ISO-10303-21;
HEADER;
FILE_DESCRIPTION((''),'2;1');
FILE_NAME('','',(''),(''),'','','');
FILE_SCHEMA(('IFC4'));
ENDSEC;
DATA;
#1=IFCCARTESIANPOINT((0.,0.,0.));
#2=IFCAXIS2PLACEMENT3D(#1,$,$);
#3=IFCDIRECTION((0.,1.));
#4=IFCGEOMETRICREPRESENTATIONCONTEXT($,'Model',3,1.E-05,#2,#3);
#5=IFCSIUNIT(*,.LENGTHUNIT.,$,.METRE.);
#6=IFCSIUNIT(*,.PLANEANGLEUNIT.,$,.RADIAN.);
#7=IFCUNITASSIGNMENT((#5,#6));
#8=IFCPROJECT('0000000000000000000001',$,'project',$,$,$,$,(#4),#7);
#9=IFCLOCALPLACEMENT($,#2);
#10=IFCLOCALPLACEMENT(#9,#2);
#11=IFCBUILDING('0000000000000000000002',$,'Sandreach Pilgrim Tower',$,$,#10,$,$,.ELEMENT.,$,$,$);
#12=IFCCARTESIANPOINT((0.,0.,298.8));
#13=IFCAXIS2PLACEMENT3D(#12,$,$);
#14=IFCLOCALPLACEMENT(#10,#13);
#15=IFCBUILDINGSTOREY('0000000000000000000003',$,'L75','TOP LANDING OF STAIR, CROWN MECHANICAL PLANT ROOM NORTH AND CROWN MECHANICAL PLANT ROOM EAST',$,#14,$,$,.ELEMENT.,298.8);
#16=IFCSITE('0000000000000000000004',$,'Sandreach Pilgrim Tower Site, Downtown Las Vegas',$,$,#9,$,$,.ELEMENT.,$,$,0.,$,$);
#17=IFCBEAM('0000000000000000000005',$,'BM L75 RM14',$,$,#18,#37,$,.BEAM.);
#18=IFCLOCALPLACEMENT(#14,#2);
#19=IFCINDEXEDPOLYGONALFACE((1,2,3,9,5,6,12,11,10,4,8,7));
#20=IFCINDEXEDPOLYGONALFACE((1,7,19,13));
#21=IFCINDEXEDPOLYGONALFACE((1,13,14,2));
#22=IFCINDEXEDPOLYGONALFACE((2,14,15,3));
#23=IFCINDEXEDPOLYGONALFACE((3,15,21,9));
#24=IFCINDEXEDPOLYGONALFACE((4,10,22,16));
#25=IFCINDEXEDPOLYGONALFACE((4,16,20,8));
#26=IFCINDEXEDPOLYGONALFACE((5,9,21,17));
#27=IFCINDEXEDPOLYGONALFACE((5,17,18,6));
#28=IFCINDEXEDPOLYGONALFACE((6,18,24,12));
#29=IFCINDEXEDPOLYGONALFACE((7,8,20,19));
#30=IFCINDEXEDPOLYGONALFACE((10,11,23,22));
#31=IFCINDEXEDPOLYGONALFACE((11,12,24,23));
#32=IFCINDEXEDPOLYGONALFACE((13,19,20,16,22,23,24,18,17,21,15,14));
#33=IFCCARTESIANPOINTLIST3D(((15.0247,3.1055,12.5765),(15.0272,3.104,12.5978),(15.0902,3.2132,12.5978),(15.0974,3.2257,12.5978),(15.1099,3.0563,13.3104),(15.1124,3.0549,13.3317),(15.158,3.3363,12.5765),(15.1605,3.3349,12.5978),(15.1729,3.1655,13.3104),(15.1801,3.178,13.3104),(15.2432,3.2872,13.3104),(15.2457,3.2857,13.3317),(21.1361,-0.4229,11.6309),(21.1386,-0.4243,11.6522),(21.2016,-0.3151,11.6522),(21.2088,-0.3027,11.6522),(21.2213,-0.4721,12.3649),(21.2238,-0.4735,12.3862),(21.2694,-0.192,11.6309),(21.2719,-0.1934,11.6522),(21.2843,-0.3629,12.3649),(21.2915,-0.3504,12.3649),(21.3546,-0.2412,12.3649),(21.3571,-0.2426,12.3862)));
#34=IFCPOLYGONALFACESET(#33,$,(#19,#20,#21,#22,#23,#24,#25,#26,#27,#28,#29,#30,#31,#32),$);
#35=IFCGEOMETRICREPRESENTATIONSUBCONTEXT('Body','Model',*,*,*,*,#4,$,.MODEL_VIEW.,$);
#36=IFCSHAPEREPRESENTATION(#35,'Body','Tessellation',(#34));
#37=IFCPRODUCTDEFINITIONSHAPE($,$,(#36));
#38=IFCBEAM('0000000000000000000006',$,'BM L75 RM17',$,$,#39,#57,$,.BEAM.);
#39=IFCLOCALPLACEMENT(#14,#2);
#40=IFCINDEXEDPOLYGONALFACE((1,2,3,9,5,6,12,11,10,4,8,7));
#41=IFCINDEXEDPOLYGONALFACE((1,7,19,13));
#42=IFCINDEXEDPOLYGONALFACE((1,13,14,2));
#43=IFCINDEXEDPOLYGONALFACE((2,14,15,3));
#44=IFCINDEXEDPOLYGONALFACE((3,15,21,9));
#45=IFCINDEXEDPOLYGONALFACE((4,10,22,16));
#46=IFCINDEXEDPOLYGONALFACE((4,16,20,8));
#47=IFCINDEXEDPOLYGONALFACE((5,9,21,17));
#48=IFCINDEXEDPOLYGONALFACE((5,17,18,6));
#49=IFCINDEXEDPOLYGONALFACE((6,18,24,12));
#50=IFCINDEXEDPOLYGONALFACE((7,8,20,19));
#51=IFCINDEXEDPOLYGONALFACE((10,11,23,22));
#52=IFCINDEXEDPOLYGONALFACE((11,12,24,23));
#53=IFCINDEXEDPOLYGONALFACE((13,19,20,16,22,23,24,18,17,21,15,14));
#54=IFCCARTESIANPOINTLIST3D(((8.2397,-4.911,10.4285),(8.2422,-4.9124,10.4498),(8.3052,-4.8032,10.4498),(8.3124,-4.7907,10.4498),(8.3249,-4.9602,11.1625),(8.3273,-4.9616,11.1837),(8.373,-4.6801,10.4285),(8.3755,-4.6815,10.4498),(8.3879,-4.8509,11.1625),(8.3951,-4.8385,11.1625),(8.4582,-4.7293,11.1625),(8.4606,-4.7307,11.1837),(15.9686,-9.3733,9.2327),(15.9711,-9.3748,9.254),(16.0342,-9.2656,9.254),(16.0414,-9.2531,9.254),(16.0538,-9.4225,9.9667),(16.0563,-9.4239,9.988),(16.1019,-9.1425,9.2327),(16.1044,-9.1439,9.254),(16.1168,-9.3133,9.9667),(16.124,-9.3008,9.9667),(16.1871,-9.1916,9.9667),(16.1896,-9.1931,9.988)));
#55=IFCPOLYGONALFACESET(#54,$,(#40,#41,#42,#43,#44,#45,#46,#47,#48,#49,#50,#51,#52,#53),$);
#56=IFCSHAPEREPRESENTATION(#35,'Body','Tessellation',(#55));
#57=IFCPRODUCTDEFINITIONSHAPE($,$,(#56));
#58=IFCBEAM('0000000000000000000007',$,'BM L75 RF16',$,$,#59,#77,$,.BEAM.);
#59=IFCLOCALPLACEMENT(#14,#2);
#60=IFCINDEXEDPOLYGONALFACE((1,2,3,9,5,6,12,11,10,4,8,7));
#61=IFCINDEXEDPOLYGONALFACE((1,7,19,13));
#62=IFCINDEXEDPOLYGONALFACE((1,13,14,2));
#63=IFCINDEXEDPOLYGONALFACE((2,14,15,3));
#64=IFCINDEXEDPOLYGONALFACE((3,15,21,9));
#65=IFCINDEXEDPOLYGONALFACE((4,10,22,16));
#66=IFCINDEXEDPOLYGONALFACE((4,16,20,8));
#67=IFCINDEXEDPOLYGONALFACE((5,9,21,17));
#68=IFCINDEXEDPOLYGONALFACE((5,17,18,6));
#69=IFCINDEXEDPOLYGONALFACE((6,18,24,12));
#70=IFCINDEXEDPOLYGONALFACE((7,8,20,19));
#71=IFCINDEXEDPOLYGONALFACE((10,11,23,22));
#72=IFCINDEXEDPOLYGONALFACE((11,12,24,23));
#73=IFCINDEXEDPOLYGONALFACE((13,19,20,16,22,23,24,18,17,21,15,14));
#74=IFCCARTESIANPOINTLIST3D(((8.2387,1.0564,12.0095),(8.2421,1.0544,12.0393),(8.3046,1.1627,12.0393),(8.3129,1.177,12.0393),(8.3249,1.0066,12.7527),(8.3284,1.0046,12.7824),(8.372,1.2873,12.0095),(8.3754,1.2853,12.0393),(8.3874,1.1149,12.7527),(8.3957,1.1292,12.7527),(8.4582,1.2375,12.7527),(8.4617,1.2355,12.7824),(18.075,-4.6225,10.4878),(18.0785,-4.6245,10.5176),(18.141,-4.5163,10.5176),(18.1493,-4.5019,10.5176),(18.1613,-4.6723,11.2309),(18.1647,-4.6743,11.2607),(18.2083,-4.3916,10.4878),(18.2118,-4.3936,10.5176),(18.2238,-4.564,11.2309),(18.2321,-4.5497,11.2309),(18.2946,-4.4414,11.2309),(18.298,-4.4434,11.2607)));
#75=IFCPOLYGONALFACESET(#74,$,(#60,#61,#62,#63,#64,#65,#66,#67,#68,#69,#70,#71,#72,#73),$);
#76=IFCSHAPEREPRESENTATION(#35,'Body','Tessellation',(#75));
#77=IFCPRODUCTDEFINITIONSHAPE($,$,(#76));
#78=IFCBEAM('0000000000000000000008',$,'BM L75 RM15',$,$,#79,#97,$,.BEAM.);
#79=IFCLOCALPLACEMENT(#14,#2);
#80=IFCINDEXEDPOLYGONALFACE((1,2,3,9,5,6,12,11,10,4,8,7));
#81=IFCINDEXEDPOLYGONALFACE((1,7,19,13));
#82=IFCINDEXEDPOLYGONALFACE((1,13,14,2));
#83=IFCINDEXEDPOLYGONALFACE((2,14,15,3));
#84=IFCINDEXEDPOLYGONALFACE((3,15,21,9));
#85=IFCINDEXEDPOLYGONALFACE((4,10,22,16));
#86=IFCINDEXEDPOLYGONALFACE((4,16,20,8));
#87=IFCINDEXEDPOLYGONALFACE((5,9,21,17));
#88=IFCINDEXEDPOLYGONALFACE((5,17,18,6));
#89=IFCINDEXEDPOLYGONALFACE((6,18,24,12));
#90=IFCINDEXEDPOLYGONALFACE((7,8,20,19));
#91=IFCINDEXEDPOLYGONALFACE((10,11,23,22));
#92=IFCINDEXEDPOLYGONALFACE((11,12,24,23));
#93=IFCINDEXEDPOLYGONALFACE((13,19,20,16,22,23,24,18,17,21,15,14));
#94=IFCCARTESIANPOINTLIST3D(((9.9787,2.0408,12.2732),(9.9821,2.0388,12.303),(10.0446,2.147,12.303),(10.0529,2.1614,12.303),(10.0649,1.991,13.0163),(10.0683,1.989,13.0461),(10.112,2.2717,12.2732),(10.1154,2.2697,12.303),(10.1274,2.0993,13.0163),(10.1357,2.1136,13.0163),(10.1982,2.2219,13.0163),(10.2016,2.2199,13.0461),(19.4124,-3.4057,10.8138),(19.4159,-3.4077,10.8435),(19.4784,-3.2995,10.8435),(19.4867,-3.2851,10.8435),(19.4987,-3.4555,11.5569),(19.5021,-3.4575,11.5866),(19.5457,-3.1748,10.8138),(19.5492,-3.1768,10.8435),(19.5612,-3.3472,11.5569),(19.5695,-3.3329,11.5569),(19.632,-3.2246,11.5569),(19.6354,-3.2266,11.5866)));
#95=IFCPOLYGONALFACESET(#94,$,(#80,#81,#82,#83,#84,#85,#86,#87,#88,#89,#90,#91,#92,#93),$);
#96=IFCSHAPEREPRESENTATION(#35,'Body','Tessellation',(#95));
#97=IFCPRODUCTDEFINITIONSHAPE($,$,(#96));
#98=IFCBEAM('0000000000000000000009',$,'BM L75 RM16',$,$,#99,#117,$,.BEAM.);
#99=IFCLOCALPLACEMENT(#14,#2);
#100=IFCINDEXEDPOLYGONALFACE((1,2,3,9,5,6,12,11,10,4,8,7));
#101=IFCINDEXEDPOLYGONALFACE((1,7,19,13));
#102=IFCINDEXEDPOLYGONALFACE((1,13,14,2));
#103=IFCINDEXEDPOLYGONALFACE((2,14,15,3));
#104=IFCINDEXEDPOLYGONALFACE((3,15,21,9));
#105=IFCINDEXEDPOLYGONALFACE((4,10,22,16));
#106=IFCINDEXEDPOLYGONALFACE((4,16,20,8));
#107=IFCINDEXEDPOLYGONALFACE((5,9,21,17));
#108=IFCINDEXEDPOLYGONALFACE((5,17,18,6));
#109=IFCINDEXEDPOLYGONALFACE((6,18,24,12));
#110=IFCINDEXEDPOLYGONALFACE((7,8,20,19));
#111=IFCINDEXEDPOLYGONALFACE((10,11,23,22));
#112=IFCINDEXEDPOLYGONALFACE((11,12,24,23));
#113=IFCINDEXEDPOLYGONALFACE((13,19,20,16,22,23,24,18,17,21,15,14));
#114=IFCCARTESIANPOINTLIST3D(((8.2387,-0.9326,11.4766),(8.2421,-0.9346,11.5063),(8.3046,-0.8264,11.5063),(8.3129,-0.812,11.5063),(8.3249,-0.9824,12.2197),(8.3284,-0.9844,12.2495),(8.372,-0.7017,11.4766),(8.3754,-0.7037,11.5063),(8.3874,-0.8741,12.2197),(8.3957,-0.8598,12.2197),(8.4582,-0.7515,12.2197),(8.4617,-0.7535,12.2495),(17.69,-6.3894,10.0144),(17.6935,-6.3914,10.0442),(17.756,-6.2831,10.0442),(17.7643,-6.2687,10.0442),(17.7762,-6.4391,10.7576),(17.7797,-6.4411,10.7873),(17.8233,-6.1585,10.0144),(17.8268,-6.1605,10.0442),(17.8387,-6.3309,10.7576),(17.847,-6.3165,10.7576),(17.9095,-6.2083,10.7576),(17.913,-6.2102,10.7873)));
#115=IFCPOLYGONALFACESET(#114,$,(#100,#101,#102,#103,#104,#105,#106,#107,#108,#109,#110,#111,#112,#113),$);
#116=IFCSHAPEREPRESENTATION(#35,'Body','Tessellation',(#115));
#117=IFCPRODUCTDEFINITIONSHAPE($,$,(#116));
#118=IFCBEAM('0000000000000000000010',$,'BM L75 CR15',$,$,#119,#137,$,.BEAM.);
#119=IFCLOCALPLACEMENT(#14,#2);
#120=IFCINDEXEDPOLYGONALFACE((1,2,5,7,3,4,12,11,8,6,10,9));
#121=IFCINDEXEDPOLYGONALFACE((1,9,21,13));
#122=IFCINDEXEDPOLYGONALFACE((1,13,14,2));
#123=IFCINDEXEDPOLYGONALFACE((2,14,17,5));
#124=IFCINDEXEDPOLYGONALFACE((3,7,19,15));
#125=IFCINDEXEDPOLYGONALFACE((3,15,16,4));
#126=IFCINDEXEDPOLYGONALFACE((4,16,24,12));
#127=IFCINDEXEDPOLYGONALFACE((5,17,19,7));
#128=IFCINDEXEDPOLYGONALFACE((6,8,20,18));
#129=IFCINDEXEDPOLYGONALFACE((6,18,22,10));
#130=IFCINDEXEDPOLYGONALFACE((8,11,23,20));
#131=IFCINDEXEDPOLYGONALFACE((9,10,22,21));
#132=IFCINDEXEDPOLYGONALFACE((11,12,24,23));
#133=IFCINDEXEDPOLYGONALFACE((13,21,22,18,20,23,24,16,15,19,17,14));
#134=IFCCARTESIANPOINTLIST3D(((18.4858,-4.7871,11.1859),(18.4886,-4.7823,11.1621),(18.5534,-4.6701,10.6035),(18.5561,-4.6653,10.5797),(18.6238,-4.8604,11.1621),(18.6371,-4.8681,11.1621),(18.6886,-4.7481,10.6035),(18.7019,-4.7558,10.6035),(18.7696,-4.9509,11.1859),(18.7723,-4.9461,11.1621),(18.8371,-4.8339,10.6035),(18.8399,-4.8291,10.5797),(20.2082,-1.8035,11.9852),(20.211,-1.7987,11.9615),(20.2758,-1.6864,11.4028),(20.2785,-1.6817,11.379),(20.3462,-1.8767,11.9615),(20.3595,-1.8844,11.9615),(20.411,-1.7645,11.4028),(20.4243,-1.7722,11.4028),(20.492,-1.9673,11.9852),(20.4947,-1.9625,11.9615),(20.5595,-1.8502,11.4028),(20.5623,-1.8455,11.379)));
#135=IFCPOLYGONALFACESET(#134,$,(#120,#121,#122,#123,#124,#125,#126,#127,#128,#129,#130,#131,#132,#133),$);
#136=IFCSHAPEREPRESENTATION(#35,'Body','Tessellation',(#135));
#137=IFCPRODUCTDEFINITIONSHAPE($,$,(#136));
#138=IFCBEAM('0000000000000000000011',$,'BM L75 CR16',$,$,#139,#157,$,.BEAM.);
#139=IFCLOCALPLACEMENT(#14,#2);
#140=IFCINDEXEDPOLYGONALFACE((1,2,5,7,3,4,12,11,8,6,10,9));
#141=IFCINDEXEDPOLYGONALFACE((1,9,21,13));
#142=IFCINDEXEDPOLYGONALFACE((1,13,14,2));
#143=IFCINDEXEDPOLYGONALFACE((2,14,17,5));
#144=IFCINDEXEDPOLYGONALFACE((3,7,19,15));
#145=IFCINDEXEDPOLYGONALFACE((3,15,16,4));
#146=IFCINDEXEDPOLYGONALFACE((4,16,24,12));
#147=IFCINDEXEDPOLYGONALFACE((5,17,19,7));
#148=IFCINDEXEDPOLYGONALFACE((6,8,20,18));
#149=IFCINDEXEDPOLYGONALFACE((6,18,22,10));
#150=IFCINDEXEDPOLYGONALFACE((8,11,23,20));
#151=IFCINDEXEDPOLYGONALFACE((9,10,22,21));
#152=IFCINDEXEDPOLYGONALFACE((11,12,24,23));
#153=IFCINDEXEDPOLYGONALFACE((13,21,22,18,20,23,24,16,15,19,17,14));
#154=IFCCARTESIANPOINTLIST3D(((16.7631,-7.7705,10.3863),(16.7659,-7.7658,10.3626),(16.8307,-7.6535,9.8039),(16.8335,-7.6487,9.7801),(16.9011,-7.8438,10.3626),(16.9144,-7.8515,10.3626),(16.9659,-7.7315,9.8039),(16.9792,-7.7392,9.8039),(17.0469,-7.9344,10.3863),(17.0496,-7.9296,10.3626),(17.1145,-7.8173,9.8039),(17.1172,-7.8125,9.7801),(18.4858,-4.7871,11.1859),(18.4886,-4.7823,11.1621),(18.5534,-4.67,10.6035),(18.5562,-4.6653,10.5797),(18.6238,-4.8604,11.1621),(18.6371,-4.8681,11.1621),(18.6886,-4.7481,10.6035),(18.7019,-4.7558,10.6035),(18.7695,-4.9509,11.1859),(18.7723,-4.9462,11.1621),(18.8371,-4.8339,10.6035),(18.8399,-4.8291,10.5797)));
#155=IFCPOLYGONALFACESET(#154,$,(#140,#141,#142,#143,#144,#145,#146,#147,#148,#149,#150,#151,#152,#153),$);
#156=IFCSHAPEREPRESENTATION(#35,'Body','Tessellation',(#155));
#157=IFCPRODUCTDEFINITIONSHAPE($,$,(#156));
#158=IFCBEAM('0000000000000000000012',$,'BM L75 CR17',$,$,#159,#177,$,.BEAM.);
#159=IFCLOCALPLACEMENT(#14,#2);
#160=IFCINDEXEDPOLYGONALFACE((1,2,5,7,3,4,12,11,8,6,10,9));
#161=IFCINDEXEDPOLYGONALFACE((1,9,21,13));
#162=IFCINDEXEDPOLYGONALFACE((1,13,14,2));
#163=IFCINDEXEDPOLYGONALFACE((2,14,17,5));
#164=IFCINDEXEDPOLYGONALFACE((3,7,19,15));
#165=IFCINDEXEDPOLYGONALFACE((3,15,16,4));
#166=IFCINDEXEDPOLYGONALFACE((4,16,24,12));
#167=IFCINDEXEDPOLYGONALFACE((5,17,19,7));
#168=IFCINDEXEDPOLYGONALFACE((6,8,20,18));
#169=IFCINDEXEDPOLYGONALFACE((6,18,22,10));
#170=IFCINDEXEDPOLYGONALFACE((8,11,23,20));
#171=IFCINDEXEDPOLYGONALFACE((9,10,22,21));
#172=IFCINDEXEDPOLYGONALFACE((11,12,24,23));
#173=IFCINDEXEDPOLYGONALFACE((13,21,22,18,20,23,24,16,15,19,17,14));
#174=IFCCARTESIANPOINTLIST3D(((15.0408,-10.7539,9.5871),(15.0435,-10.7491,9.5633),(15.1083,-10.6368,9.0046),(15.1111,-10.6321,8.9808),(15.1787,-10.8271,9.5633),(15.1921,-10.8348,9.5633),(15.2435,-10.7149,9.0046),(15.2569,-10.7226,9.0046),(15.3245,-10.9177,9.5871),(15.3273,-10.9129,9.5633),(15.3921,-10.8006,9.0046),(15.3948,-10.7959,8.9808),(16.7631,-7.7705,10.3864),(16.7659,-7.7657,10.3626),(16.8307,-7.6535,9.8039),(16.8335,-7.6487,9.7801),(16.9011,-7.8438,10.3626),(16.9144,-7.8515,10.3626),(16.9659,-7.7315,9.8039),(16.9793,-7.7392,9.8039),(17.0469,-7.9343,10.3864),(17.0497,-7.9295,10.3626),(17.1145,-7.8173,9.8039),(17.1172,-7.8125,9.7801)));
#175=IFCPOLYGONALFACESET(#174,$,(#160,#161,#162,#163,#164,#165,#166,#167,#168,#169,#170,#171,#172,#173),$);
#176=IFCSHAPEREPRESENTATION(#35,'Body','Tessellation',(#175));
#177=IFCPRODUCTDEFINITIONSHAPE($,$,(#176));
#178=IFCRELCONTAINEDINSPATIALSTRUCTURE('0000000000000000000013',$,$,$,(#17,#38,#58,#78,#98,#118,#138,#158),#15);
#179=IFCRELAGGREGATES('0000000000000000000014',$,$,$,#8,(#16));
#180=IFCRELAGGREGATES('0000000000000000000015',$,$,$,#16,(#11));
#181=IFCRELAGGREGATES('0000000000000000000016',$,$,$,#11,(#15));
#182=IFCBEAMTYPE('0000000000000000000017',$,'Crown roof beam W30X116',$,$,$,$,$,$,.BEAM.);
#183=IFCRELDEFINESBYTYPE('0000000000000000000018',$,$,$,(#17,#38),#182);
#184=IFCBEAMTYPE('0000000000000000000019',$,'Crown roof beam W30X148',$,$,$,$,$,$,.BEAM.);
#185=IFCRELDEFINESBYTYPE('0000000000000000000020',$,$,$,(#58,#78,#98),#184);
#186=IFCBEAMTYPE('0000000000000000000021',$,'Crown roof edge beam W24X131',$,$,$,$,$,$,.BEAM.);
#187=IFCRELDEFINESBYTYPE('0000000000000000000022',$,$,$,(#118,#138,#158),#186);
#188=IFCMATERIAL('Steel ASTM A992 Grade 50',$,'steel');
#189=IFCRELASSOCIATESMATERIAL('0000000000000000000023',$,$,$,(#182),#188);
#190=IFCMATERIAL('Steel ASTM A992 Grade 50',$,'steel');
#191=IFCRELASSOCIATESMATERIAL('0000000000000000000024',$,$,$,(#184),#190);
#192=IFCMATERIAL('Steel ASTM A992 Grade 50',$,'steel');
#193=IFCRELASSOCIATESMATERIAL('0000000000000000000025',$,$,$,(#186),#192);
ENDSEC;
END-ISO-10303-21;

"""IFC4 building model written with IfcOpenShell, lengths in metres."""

from ifc_helpers import new_model, si_unit, direction, frame, origin, origin_2d, place, context, subcontext, project, spatial, i_section, extrude, material, material_profile, profile_set, type_object, element, save


model = new_model("IFC4")

# Units and contexts
model_context = context("Model", 3, precision=1e-05, world=origin(), true_north=direction((0.0, 1.0)))
body_context = subcontext(model_context, "Body", "Model", "MODEL_VIEW")
ifc_project = project(units=[si_unit("LENGTHUNIT", "METRE"), si_unit("PLANEANGLEUNIT", "RADIAN")], contexts=[model_context])

# Site, building, storey
site_placement = place(None, origin())
site = spatial("IfcSite", under=ifc_project, at=site_placement, Name="Sandreach Pilgrim Tower Site, Downtown Las Vegas", CompositionType="ELEMENT", RefElevation=0.0)
building_placement = place(site_placement, origin())
building = spatial("IfcBuilding", under=site, at=building_placement, Name="Sandreach Pilgrim Tower", CompositionType="ELEMENT")
storey_placement = place(building_placement, frame((0.0, 0.0, 298.8)))
storey = spatial("IfcBuildingStorey", under=building, at=storey_placement, Name="L75", Description="TOP LANDING OF STAIR, CROWN MECHANICAL PLANT ROOM NORTH AND CROWN MECHANICAL PLANT ROOM EAST", CompositionType="ELEMENT", Elevation=298.8)

# Beams
ifc_material_1 = material(Name="Steel ASTM A992 Grade 50", Category="steel")
ifc_material_profile_1 = material_profile(ifc_material_1, i_section(OverallWidth=0.2666, OverallDepth=0.762, WebThickness=0.0144, FlangeThickness=0.0215, at=origin_2d()), Name="W30X116")
ifc_profile_set_1 = profile_set([ifc_material_profile_1], Name="Steel ASTM A992 Grade 50")
beam_type_1 = type_object("IfcBeamType", Name="Crown roof beam W30X116", PredefinedType="BEAM", material=ifc_profile_set_1)
beam_1_placement = place(storey_placement, frame((21.2466, -0.3328, 12.0085), z_axis=(-0.858358, 0.495565, 0.132807), x_axis=(-0.499994, -0.866029, 0.0)))
element("IfcBeam", 1, at=beam_1_placement, inside=storey, type_object=beam_type_1, Name="BM L75 RM14", PredefinedType="BEAM", context=body_context, shape_type="SweptSolid", body=[
    extrude(i_section(OverallWidth=0.2666, OverallDepth=0.762, WebThickness=0.0144, FlangeThickness=0.0215, at=origin_2d()), origin(), (0.0, 0.0, 1.0), 7.1199),
])
beam_2_placement = place(storey_placement, frame((16.0791, -9.2832, 9.6104), z_axis=(-0.858352, 0.495576, 0.132801), x_axis=(-0.500005, -0.866022, 0.0)))
element("IfcBeam", 2, at=beam_2_placement, inside=storey, type_object=beam_type_1, Name="BM L75 RM17", PredefinedType="BEAM", context=body_context, shape_type="SweptSolid", body=[
    extrude(i_section(OverallWidth=0.2666, OverallDepth=0.762, WebThickness=0.0144, FlangeThickness=0.0215, at=origin_2d()), origin(), (0.0, 0.0, 1.0), 9.0044),
])
ifc_material_2 = material(Name="Steel ASTM A992 Grade 50", Category="steel")
ifc_material_profile_2 = material_profile(ifc_material_2, i_section(OverallWidth=0.2666, OverallDepth=0.7798, WebThickness=0.0166, FlangeThickness=0.03, at=origin_2d()), Name="W30X148")
ifc_profile_set_2 = profile_set([ifc_material_profile_2], Name="Steel ASTM A992 Grade 50")
beam_type_2 = type_object("IfcBeamType", Name="Crown roof beam W30X148", PredefinedType="BEAM", material=ifc_profile_set_2)
beam_3_placement = place(storey_placement, frame((18.1865, -4.533, 10.8743), z_axis=(-0.85836, 0.495565, 0.132791), x_axis=(-0.499993, -0.86603, 0.0)))
element("IfcBeam", 3, at=beam_3_placement, inside=storey, type_object=beam_type_2, Name="BM L75 RF16", PredefinedType="BEAM", context=body_context, shape_type="SweptSolid", body=[
    extrude(i_section(OverallWidth=0.2666, OverallDepth=0.7798, WebThickness=0.0166, FlangeThickness=0.03, at=origin_2d()), origin(), (0.0, 0.0, 1.0), 11.4595),
])
beam_4_placement = place(storey_placement, frame((19.5239, -3.3162, 11.2002), z_axis=(-0.858359, 0.495565, 0.132793), x_axis=(-0.499993, -0.866029, 0.0)))
element("IfcBeam", 4, at=beam_4_placement, inside=storey, type_object=beam_type_2, Name="BM L75 RM15", PredefinedType="BEAM", context=body_context, shape_type="SweptSolid", body=[
    extrude(i_section(OverallWidth=0.2666, OverallDepth=0.7798, WebThickness=0.0166, FlangeThickness=0.03, at=origin_2d()), origin(), (0.0, 0.0, 1.0), 10.9905),
])
beam_5_placement = place(storey_placement, frame((17.8015, -6.2998, 10.4009), z_axis=(-0.858356, 0.495573, 0.13279), x_axis=(-0.500001, -0.866025, 0.0)))
element("IfcBeam", 5, at=beam_5_placement, inside=storey, type_object=beam_type_2, Name="BM L75 RM16", PredefinedType="BEAM", context=body_context, shape_type="SweptSolid", body=[
    extrude(i_section(OverallWidth=0.2666, OverallDepth=0.7798, WebThickness=0.0166, FlangeThickness=0.03, at=origin_2d()), origin(), (0.0, 0.0, 1.0), 11.011),
])
ifc_material_3 = material(Name="Steel ASTM A992 Grade 50", Category="steel")
ifc_material_profile_3 = material_profile(ifc_material_3, i_section(OverallWidth=0.3276, OverallDepth=0.6223, WebThickness=0.0154, FlangeThickness=0.0244, at=origin_2d()), Name="W24X131")
ifc_profile_set_3 = profile_set([ifc_material_profile_3], Name="Steel ASTM A992 Grade 50")
beam_type_3 = type_object("IfcBeamType", Name="Crown roof edge beam W24X131", PredefinedType="BEAM", material=ifc_profile_set_3)
for number, where, z_axis, x_axis, name in (
    (6, (20.3853, -1.8245, 11.6821), (-0.487021, -0.843641, -0.226011), (0.86605, -0.499958, 0.0), "BM L75 CR15"),
    (7, (18.6628, -4.8081, 10.8828), (-0.487095, -0.843579, -0.226082), (0.866001, -0.500041, 0.0), "BM L75 CR16"),
):
    element("IfcBeam", number, at=place(storey_placement, frame(where, z_axis=z_axis, x_axis=x_axis)), inside=storey, type_object=beam_type_3, Name=name, PredefinedType="BEAM", context=body_context, shape_type="SweptSolid", body=[
        extrude(i_section(OverallWidth=0.3276, OverallDepth=0.6223, WebThickness=0.0154, FlangeThickness=0.0244, at=origin_2d()), origin(), (0.0, 0.0, 1.0), 3.5366),
    ])
beam_6_placement = place(storey_placement, frame((16.9402, -7.7915, 10.0833), z_axis=(-0.487049, -0.843621, -0.226024), x_axis=(0.866032, -0.499988, 0.0)))
element("IfcBeam", 8, at=beam_6_placement, inside=storey, type_object=beam_type_3, Name="BM L75 CR17", PredefinedType="BEAM", context=body_context, shape_type="SweptSolid", body=[
    extrude(i_section(OverallWidth=0.3276, OverallDepth=0.6223, WebThickness=0.0154, FlangeThickness=0.0244, at=origin_2d()), origin(), (0.0, 0.0, 1.0), 3.5364),
])

save(model, "model.ifc")
